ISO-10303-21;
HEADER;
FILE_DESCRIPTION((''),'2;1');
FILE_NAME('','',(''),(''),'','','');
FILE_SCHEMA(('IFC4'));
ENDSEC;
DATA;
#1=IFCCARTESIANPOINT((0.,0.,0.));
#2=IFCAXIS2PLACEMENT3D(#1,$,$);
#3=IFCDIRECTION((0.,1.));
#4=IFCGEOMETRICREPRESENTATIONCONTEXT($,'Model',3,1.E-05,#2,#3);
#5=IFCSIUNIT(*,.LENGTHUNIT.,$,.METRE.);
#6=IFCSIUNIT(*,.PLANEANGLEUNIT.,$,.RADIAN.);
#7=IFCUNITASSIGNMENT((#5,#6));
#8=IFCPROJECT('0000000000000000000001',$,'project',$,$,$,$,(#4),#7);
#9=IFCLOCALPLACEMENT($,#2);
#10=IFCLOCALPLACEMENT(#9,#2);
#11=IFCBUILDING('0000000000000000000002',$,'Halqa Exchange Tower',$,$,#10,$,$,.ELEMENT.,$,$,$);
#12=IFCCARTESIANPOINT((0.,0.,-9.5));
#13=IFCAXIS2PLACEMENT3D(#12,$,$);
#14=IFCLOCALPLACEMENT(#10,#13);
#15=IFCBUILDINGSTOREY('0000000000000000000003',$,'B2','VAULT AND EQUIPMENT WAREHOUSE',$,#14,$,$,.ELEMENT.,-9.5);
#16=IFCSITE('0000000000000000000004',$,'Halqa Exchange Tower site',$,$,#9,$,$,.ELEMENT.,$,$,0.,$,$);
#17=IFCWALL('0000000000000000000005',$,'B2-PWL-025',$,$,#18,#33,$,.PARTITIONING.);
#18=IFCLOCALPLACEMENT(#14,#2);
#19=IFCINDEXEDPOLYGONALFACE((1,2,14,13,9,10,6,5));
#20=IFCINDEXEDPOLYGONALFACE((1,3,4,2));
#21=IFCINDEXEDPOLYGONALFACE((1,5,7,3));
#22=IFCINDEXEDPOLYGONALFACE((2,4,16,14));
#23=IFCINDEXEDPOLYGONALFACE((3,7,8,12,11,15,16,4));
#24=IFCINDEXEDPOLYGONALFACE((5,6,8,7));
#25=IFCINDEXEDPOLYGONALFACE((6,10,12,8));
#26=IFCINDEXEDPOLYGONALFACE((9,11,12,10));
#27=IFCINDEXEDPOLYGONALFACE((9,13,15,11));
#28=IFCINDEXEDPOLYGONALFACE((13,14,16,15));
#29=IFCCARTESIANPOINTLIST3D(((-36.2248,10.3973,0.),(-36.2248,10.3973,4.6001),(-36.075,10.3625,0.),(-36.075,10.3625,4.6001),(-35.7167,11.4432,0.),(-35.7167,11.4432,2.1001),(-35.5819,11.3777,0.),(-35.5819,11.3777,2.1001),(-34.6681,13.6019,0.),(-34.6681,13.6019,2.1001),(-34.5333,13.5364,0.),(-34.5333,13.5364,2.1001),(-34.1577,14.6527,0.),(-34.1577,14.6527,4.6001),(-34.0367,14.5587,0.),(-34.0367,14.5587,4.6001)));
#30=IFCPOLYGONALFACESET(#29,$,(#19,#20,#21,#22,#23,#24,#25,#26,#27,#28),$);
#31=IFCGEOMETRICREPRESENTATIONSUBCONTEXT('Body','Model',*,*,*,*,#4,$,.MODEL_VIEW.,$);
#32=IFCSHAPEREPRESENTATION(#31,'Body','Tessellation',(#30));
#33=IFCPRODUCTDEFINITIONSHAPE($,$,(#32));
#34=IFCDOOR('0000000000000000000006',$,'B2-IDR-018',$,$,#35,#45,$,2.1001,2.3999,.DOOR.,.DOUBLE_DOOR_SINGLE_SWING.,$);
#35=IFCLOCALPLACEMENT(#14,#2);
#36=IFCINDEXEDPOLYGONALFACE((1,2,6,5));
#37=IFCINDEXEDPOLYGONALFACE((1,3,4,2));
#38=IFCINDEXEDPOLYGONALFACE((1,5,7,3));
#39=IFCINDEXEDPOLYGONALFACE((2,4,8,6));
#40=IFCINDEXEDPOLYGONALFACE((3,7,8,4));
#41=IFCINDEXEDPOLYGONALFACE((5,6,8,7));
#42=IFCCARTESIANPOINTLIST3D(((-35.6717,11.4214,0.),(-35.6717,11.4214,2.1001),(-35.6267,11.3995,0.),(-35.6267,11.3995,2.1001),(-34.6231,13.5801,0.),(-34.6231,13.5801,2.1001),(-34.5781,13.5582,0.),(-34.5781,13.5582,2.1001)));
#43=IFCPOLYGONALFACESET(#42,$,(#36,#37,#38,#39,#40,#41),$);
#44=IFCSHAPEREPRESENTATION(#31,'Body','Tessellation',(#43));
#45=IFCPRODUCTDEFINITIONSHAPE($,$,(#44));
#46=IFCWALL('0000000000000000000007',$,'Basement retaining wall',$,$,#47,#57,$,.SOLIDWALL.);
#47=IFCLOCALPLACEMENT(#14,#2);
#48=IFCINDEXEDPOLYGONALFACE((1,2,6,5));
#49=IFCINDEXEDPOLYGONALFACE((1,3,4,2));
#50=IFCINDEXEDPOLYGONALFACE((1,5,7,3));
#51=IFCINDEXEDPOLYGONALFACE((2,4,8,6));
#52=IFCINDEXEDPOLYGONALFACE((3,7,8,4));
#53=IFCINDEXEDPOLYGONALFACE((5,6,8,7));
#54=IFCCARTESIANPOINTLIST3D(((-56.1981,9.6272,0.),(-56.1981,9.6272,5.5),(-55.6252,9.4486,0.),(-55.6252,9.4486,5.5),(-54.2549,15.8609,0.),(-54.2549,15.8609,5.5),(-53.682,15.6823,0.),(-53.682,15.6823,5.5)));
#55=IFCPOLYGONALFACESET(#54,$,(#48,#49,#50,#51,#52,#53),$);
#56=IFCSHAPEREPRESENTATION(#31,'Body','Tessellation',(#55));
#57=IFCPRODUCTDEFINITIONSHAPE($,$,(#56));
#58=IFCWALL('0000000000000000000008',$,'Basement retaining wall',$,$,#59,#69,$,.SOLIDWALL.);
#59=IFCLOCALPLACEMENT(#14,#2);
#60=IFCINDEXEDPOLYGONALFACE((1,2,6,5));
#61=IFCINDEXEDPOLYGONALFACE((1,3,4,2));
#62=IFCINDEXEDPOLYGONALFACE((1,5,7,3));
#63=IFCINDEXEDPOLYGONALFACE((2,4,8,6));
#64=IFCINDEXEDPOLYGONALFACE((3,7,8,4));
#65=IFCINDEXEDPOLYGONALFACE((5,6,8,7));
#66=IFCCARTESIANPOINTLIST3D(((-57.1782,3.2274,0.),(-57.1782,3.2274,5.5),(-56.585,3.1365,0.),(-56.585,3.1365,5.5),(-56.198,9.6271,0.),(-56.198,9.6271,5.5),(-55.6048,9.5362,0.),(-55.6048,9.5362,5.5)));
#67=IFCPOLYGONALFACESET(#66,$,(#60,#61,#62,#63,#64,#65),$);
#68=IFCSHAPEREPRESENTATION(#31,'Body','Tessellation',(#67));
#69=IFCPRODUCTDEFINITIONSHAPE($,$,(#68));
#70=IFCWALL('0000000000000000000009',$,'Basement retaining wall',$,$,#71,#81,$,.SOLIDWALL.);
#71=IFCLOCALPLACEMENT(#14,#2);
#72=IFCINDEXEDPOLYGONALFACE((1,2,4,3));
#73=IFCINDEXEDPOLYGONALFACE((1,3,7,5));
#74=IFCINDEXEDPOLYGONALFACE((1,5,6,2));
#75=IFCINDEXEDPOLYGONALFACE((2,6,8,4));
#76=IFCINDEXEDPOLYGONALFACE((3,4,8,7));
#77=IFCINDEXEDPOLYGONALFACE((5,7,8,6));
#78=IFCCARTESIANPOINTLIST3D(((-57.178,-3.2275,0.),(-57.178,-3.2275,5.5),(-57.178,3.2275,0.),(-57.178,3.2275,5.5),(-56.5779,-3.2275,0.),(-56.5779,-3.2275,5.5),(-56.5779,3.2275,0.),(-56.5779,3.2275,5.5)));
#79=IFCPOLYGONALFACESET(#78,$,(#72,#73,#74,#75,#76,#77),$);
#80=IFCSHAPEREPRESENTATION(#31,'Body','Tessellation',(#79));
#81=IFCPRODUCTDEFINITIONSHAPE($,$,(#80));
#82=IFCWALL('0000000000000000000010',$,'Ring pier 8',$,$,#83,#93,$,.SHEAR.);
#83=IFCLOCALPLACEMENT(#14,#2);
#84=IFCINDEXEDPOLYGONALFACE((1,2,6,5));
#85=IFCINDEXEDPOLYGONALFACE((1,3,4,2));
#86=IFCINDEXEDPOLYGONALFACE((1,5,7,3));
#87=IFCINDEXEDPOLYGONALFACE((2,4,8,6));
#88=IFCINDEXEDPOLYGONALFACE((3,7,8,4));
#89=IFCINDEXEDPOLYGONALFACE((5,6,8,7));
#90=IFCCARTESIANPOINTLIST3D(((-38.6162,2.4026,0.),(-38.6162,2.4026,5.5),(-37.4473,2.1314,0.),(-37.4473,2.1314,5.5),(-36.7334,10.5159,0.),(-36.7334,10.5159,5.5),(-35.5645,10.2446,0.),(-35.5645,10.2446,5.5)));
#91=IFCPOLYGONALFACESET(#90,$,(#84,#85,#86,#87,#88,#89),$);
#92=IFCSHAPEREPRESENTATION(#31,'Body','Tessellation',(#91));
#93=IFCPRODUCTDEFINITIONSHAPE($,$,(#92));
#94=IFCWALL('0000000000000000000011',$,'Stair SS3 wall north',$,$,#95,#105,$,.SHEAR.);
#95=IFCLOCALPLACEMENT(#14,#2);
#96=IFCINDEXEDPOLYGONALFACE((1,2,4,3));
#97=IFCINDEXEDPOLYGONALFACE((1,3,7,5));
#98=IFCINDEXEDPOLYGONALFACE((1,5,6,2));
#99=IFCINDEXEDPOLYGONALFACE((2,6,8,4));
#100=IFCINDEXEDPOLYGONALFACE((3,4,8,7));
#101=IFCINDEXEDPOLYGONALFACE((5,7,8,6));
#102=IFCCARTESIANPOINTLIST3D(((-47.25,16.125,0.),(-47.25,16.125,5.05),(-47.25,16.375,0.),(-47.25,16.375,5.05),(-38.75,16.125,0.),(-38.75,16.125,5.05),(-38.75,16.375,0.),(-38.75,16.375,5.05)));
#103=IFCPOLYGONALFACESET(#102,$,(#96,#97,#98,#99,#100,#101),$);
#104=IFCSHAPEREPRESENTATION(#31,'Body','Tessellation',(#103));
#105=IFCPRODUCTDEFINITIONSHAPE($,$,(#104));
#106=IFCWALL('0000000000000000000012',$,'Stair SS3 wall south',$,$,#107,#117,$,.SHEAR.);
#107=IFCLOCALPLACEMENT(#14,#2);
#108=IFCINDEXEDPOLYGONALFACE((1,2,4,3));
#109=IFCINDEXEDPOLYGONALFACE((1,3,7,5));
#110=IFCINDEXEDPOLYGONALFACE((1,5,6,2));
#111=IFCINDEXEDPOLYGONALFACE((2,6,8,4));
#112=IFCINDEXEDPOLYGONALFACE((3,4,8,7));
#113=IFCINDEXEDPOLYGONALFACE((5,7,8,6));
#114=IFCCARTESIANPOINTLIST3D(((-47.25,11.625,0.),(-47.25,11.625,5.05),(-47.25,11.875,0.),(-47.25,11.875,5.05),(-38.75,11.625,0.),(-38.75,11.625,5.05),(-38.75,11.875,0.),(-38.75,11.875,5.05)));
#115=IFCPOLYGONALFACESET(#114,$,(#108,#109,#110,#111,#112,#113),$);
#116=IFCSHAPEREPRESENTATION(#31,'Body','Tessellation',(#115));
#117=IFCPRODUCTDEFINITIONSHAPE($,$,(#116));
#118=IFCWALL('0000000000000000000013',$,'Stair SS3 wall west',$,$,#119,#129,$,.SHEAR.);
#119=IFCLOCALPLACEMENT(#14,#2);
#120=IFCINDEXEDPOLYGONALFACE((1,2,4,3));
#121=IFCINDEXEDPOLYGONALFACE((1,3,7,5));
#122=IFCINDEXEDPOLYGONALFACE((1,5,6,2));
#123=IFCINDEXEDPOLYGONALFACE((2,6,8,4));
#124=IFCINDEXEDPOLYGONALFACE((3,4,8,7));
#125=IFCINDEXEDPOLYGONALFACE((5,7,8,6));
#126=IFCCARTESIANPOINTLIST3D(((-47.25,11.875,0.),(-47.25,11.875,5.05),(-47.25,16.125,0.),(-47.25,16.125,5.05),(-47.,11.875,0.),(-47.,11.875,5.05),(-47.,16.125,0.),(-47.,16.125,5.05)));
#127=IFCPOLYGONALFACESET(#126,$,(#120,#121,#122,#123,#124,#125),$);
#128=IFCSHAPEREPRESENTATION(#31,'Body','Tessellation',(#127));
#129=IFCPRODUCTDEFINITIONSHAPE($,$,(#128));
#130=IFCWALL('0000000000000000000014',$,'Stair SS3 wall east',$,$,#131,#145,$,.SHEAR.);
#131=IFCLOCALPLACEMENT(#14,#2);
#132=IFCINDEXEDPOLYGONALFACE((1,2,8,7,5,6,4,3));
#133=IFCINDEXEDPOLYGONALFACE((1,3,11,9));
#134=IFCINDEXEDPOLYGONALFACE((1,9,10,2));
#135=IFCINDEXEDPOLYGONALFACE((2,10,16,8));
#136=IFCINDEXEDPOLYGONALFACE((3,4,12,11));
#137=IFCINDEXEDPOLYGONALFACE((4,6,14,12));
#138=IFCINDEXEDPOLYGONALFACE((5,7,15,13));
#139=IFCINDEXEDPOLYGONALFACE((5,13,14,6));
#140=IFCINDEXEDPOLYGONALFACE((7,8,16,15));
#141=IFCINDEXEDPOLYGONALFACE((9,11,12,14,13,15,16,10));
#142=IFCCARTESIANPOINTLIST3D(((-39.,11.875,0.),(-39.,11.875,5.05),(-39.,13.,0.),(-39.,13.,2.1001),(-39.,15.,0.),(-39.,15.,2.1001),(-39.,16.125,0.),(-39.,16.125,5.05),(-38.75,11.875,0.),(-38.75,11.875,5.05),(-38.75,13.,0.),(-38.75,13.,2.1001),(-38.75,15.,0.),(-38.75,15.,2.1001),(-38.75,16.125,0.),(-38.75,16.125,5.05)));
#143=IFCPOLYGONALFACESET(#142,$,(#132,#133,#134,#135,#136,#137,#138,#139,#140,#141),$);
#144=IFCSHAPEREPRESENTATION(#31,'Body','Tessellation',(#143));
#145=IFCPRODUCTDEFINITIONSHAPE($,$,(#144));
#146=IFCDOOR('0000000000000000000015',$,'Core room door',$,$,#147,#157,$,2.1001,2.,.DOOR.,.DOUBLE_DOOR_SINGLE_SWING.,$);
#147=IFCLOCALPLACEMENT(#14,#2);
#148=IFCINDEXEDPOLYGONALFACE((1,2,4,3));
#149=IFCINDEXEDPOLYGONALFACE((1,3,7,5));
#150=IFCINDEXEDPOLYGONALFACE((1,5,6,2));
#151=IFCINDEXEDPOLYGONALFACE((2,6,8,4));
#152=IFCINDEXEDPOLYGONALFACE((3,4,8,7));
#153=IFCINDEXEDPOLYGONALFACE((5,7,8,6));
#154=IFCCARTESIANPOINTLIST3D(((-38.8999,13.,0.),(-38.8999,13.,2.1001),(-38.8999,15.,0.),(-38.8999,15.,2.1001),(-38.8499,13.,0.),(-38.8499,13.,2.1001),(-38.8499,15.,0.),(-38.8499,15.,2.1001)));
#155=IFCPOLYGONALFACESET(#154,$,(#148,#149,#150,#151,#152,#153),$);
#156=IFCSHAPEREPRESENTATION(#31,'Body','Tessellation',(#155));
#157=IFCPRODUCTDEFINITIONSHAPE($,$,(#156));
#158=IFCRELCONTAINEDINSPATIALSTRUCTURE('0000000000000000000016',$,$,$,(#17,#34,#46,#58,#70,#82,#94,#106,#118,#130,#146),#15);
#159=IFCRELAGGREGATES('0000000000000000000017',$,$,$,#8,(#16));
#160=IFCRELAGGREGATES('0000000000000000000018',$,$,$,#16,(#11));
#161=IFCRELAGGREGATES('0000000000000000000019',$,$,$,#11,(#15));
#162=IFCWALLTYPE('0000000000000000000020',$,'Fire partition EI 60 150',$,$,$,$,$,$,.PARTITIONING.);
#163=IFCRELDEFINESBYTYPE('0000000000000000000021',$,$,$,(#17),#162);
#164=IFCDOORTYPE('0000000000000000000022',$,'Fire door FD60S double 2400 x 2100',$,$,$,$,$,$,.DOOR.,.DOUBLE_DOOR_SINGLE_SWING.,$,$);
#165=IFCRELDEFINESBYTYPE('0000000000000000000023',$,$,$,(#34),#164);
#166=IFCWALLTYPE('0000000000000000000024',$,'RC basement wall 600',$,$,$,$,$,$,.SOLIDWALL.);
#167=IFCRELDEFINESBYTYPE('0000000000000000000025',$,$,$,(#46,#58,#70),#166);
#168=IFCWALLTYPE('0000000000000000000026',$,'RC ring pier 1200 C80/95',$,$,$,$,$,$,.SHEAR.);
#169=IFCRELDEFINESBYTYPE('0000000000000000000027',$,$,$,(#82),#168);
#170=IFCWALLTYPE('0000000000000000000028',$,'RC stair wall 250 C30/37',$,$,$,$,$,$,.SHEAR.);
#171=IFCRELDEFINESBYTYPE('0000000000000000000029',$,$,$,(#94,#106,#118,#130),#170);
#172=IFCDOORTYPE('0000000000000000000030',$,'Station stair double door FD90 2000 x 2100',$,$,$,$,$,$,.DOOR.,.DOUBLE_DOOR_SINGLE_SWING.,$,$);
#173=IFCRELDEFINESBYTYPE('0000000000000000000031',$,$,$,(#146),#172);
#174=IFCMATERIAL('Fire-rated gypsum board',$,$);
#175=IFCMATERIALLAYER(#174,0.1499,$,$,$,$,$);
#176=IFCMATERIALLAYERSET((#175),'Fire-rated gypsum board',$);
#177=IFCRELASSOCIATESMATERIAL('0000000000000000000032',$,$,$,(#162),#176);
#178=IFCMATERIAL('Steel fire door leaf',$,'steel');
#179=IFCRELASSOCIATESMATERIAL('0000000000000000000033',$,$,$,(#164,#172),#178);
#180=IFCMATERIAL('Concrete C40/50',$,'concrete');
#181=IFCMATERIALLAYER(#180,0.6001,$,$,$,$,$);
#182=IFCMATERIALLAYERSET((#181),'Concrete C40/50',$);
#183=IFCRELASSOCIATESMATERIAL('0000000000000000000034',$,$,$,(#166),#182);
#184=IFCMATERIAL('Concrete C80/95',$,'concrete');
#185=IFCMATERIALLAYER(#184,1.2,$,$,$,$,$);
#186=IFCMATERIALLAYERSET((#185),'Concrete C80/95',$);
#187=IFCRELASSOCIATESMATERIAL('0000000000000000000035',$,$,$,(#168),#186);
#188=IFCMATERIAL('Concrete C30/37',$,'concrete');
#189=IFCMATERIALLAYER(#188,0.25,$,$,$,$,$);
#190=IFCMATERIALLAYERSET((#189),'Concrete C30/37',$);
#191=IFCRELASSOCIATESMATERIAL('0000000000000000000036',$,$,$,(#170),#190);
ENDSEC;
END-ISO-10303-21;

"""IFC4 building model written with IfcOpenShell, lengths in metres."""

from ifc_helpers import new_model, si_unit, direction, frame, frame_2d, origin, place, context, subcontext, project, spatial, polyline, rectangle, outline, extrude, material, layer, layer_set, type_object, element, fill, save


model = new_model("IFC4")

# Units and contexts
model_context = context("Model", 3, precision=1e-05, world=origin(), true_north=direction((0.0, 1.0)))
body_context = subcontext(model_context, "Body", "Model", "MODEL_VIEW")
ifc_project = project(units=[si_unit("LENGTHUNIT", "METRE"), si_unit("PLANEANGLEUNIT", "RADIAN")], contexts=[model_context])

# Site, building, storey
site_placement = place(None, origin())
site = spatial("IfcSite", under=ifc_project, at=site_placement, Name="Halqa Exchange Tower site", CompositionType="ELEMENT", RefElevation=0.0)
building_placement = place(site_placement, origin())
building = spatial("IfcBuilding", under=site, at=building_placement, Name="Halqa Exchange Tower", CompositionType="ELEMENT")
storey_placement = place(building_placement, frame((0.0, 0.0, -9.5)))
storey = spatial("IfcBuildingStorey", under=building, at=storey_placement, Name="B2", Description="VAULT AND EQUIPMENT WAREHOUSE", CompositionType="ELEMENT", Elevation=-9.5)

# Shared definitions
ifc_material_1 = material(Name="Fire-rated gypsum board")
ifc_layer_1 = layer(ifc_material_1, 0.1499)
ifc_layer_set_1 = layer_set([ifc_layer_1], Name="Fire-rated gypsum board")
wall_type_1 = type_object("IfcWallType", Name="Fire partition EI 60 150", PredefinedType="PARTITIONING", material=ifc_layer_set_1)

# Wall, opening, door
wall_1_placement = place(storey_placement, frame((-36.1499, 10.3799, 0.0), z_axis=(0.0, 0.0, 1.0), x_axis=(0.436936, 0.899492, 0.0)))
wall_1 = element("IfcWall", 1, at=wall_1_placement, inside=storey, type_object=wall_type_1, Name="B2-PWL-025", PredefinedType="PARTITIONING", context=body_context, shape_type="SweptSolid", body=[
    extrude(outline(polyline([(0.0171, -0.075), (4.6821, -0.075), (4.7139, 0.075), (-0.0171, 0.075), (0.0171, -0.075)])), origin(), (0.0, 0.0, 1.0), 4.6001),
])
opening_1_placement = place(wall_1_placement, frame((1.1458, 0.0, 0.0)))
opening_1 = element("IfcOpeningElement", 2, at=opening_1_placement, cuts=wall_1, PredefinedType="OPENING", context=body_context, shape_type="SweptSolid", body=[
    extrude(rectangle(XDim=2.3999, YDim=2.1001, at=frame_2d((1.2, 1.05))), frame((0.0, 0.0869, 0.0), z_axis=(0.0, -1.0, 0.0), x_axis=(1.0, 0.0, 0.0)), (0.0, 0.0, 1.0), 0.1738),
])
ifc_material_2 = material(Name="Steel fire door leaf", Category="steel")
door_type_1 = type_object("IfcDoorType", Name="Fire door FD60S double 2400 x 2100", OperationType="DOUBLE_DOOR_SINGLE_SWING", PredefinedType="DOOR", material=ifc_material_2)
door_1_placement = place(opening_1_placement, origin())
door_1 = element("IfcDoor", 3, at=door_1_placement, inside=storey, type_object=door_type_1, Name="B2-IDR-018", OperationType="DOUBLE_DOOR_SINGLE_SWING", OverallHeight=2.1001, OverallWidth=2.3999, PredefinedType="DOOR", context=body_context, shape_type="SweptSolid", body=[
    extrude(rectangle(XDim=2.3999, YDim=2.1001, at=frame_2d((1.2, 1.05))), frame((0.0, 0.0249, 0.0), z_axis=(0.0, -1.0, 0.0), x_axis=(1.0, 0.0, 0.0)), (0.0, 0.0, 1.0), 0.05),
])
fill(opening_1, door_1)

# Walls
ifc_material_3 = material(Name="Concrete C40/50", Category="concrete")
ifc_layer_2 = layer(ifc_material_3, 0.6001)
ifc_layer_set_2 = layer_set([ifc_layer_2], Name="Concrete C40/50")
wall_type_2 = type_object("IfcWallType", Name="RC basement wall 600", PredefinedType="SOLIDWALL", material=ifc_layer_set_2)
wall_2_placement = place(storey_placement, frame((-53.9685, 15.7715, 0.0), z_axis=(0.0, 0.0, 1.0), x_axis=(-0.297592, -0.954693, 0.0)))
element("IfcWall", 4, at=wall_2_placement, inside=storey, type_object=wall_type_2, Name="Basement retaining wall", PredefinedType="SOLIDWALL", context=body_context, shape_type="SweptSolid", body=[
    extrude(rectangle(XDim=6.5295, YDim=0.6001, at=frame_2d((3.2646, 0.0))), origin(), (0.0, 0.0, 1.0), 5.5),
])
wall_3_placement = place(storey_placement, frame((-55.9014, 9.5818, 0.0), z_axis=(0.0, 0.0, 1.0), x_axis=(-0.151403, -0.988472, 0.0)))
element("IfcWall", 5, at=wall_3_placement, inside=storey, type_object=wall_type_2, Name="Basement retaining wall", PredefinedType="SOLIDWALL", context=body_context, shape_type="SweptSolid", body=[
    extrude(rectangle(XDim=6.4744, YDim=0.6001, at=frame_2d((3.2373, 0.0))), origin(), (0.0, 0.0, 1.0), 5.5),
])
wall_4_placement = place(storey_placement, frame((-56.8779, 3.2275, 0.0), z_axis=(0.0, 0.0, 1.0), x_axis=(0.0, -1.0, 0.0)))
element("IfcWall", 6, at=wall_4_placement, inside=storey, type_object=wall_type_2, Name="Basement retaining wall", PredefinedType="SOLIDWALL", context=body_context, shape_type="SweptSolid", body=[
    extrude(rectangle(XDim=6.4551, YDim=0.6001, at=frame_2d((3.2275, 0.0))), origin(), (0.0, 0.0, 1.0), 5.5),
])
ifc_material_4 = material(Name="Concrete C80/95", Category="concrete")
ifc_layer_3 = layer(ifc_material_4, 1.2)
ifc_layer_set_3 = layer_set([ifc_layer_3], Name="Concrete C80/95")
wall_type_3 = type_object("IfcWallType", Name="RC ring pier 1200 C80/95", PredefinedType="SHEAR", material=ifc_layer_set_3)
wall_5_placement = place(storey_placement, frame((-36.1489, 10.3804, 0.0), z_axis=(0.0, 0.0, 1.0), x_axis=(-0.226058, -0.974114, 0.0)))
element("IfcWall", 7, at=wall_5_placement, inside=storey, type_object=wall_type_3, Name="Ring pier 8", PredefinedType="SHEAR", context=body_context, shape_type="SweptSolid", body=[
    extrude(rectangle(XDim=8.3289, YDim=1.2, at=frame_2d((4.1646, 0.0))), origin(), (0.0, 0.0, 1.0), 5.5),
])
ifc_material_5 = material(Name="Concrete C30/37", Category="concrete")
ifc_layer_4 = layer(ifc_material_5, 0.25)
ifc_layer_set_4 = layer_set([ifc_layer_4], Name="Concrete C30/37")
wall_type_4 = type_object("IfcWallType", Name="RC stair wall 250 C30/37", PredefinedType="SHEAR", material=ifc_layer_set_4)
for number, where, z_axis, x_axis, name in (
    (8, (-47.25, 16.25, 0.0), (0.0, 0.0, 1.0), (1.0, 0.0, 0.0), "Stair SS3 wall north"),
    (9, (-47.25, 11.75, 0.0), (0.0, 0.0, 1.0), (1.0, 0.0, 0.0), "Stair SS3 wall south"),
):
    element("IfcWall", number, at=place(storey_placement, frame(where, z_axis=z_axis, x_axis=x_axis)), inside=storey, type_object=wall_type_4, Name=name, PredefinedType="SHEAR", context=body_context, shape_type="SweptSolid", body=[
        extrude(rectangle(XDim=8.5, YDim=0.25, at=frame_2d((4.25, 0.0))), origin(), (0.0, 0.0, 1.0), 5.05),
    ])
wall_6_placement = place(storey_placement, frame((-47.125, 11.875, 0.0), z_axis=(0.0, 0.0, 1.0), x_axis=(0.0, 1.0, 0.0)))
element("IfcWall", 10, at=wall_6_placement, inside=storey, type_object=wall_type_4, Name="Stair SS3 wall west", PredefinedType="SHEAR", context=body_context, shape_type="SweptSolid", body=[
    extrude(rectangle(XDim=4.25, YDim=0.25, at=frame_2d((2.125, 0.0))), origin(), (0.0, 0.0, 1.0), 5.05),
])

# Wall, opening, door
wall_7_placement = place(storey_placement, frame((-38.875, 11.875, 0.0), z_axis=(0.0, 0.0, 1.0), x_axis=(0.0, 1.0, 0.0)))
wall_7 = element("IfcWall", 11, at=wall_7_placement, inside=storey, type_object=wall_type_4, Name="Stair SS3 wall east", PredefinedType="SHEAR", context=body_context, shape_type="SweptSolid", body=[
    extrude(rectangle(XDim=4.25, YDim=0.25, at=frame_2d((2.125, 0.0))), origin(), (0.0, 0.0, 1.0), 5.05),
])
opening_2_placement = place(wall_7_placement, frame((1.125, 0.0, 0.0)))
opening_2 = element("IfcOpeningElement", 12, at=opening_2_placement, cuts=wall_7, PredefinedType="OPENING", context=body_context, shape_type="SweptSolid", body=[
    extrude(rectangle(XDim=2.0, YDim=2.1001, at=frame_2d((1.0, 1.05))), frame((0.0, 0.137, 0.0), z_axis=(0.0, -1.0, 0.0), x_axis=(1.0, 0.0, 0.0)), (0.0, 0.0, 1.0), 0.2739),
])
door_type_2 = type_object("IfcDoorType", Name="Station stair double door FD90 2000 x 2100", OperationType="DOUBLE_DOOR_SINGLE_SWING", PredefinedType="DOOR", material=ifc_material_2)
door_2_placement = place(opening_2_placement, origin())
door_2 = element("IfcDoor", 13, at=door_2_placement, inside=storey, type_object=door_type_2, Name="Core room door", OperationType="DOUBLE_DOOR_SINGLE_SWING", OverallHeight=2.1001, OverallWidth=2.0, PredefinedType="DOOR", context=body_context, shape_type="SweptSolid", body=[
    extrude(rectangle(XDim=2.0, YDim=2.1001, at=frame_2d((1.0, 1.05))), frame((0.0, 0.0249, 0.0), z_axis=(0.0, -1.0, 0.0), x_axis=(1.0, 0.0, 0.0)), (0.0, 0.0, 1.0), 0.05),
])
fill(opening_2, door_2)

save(model, "model.ifc")
